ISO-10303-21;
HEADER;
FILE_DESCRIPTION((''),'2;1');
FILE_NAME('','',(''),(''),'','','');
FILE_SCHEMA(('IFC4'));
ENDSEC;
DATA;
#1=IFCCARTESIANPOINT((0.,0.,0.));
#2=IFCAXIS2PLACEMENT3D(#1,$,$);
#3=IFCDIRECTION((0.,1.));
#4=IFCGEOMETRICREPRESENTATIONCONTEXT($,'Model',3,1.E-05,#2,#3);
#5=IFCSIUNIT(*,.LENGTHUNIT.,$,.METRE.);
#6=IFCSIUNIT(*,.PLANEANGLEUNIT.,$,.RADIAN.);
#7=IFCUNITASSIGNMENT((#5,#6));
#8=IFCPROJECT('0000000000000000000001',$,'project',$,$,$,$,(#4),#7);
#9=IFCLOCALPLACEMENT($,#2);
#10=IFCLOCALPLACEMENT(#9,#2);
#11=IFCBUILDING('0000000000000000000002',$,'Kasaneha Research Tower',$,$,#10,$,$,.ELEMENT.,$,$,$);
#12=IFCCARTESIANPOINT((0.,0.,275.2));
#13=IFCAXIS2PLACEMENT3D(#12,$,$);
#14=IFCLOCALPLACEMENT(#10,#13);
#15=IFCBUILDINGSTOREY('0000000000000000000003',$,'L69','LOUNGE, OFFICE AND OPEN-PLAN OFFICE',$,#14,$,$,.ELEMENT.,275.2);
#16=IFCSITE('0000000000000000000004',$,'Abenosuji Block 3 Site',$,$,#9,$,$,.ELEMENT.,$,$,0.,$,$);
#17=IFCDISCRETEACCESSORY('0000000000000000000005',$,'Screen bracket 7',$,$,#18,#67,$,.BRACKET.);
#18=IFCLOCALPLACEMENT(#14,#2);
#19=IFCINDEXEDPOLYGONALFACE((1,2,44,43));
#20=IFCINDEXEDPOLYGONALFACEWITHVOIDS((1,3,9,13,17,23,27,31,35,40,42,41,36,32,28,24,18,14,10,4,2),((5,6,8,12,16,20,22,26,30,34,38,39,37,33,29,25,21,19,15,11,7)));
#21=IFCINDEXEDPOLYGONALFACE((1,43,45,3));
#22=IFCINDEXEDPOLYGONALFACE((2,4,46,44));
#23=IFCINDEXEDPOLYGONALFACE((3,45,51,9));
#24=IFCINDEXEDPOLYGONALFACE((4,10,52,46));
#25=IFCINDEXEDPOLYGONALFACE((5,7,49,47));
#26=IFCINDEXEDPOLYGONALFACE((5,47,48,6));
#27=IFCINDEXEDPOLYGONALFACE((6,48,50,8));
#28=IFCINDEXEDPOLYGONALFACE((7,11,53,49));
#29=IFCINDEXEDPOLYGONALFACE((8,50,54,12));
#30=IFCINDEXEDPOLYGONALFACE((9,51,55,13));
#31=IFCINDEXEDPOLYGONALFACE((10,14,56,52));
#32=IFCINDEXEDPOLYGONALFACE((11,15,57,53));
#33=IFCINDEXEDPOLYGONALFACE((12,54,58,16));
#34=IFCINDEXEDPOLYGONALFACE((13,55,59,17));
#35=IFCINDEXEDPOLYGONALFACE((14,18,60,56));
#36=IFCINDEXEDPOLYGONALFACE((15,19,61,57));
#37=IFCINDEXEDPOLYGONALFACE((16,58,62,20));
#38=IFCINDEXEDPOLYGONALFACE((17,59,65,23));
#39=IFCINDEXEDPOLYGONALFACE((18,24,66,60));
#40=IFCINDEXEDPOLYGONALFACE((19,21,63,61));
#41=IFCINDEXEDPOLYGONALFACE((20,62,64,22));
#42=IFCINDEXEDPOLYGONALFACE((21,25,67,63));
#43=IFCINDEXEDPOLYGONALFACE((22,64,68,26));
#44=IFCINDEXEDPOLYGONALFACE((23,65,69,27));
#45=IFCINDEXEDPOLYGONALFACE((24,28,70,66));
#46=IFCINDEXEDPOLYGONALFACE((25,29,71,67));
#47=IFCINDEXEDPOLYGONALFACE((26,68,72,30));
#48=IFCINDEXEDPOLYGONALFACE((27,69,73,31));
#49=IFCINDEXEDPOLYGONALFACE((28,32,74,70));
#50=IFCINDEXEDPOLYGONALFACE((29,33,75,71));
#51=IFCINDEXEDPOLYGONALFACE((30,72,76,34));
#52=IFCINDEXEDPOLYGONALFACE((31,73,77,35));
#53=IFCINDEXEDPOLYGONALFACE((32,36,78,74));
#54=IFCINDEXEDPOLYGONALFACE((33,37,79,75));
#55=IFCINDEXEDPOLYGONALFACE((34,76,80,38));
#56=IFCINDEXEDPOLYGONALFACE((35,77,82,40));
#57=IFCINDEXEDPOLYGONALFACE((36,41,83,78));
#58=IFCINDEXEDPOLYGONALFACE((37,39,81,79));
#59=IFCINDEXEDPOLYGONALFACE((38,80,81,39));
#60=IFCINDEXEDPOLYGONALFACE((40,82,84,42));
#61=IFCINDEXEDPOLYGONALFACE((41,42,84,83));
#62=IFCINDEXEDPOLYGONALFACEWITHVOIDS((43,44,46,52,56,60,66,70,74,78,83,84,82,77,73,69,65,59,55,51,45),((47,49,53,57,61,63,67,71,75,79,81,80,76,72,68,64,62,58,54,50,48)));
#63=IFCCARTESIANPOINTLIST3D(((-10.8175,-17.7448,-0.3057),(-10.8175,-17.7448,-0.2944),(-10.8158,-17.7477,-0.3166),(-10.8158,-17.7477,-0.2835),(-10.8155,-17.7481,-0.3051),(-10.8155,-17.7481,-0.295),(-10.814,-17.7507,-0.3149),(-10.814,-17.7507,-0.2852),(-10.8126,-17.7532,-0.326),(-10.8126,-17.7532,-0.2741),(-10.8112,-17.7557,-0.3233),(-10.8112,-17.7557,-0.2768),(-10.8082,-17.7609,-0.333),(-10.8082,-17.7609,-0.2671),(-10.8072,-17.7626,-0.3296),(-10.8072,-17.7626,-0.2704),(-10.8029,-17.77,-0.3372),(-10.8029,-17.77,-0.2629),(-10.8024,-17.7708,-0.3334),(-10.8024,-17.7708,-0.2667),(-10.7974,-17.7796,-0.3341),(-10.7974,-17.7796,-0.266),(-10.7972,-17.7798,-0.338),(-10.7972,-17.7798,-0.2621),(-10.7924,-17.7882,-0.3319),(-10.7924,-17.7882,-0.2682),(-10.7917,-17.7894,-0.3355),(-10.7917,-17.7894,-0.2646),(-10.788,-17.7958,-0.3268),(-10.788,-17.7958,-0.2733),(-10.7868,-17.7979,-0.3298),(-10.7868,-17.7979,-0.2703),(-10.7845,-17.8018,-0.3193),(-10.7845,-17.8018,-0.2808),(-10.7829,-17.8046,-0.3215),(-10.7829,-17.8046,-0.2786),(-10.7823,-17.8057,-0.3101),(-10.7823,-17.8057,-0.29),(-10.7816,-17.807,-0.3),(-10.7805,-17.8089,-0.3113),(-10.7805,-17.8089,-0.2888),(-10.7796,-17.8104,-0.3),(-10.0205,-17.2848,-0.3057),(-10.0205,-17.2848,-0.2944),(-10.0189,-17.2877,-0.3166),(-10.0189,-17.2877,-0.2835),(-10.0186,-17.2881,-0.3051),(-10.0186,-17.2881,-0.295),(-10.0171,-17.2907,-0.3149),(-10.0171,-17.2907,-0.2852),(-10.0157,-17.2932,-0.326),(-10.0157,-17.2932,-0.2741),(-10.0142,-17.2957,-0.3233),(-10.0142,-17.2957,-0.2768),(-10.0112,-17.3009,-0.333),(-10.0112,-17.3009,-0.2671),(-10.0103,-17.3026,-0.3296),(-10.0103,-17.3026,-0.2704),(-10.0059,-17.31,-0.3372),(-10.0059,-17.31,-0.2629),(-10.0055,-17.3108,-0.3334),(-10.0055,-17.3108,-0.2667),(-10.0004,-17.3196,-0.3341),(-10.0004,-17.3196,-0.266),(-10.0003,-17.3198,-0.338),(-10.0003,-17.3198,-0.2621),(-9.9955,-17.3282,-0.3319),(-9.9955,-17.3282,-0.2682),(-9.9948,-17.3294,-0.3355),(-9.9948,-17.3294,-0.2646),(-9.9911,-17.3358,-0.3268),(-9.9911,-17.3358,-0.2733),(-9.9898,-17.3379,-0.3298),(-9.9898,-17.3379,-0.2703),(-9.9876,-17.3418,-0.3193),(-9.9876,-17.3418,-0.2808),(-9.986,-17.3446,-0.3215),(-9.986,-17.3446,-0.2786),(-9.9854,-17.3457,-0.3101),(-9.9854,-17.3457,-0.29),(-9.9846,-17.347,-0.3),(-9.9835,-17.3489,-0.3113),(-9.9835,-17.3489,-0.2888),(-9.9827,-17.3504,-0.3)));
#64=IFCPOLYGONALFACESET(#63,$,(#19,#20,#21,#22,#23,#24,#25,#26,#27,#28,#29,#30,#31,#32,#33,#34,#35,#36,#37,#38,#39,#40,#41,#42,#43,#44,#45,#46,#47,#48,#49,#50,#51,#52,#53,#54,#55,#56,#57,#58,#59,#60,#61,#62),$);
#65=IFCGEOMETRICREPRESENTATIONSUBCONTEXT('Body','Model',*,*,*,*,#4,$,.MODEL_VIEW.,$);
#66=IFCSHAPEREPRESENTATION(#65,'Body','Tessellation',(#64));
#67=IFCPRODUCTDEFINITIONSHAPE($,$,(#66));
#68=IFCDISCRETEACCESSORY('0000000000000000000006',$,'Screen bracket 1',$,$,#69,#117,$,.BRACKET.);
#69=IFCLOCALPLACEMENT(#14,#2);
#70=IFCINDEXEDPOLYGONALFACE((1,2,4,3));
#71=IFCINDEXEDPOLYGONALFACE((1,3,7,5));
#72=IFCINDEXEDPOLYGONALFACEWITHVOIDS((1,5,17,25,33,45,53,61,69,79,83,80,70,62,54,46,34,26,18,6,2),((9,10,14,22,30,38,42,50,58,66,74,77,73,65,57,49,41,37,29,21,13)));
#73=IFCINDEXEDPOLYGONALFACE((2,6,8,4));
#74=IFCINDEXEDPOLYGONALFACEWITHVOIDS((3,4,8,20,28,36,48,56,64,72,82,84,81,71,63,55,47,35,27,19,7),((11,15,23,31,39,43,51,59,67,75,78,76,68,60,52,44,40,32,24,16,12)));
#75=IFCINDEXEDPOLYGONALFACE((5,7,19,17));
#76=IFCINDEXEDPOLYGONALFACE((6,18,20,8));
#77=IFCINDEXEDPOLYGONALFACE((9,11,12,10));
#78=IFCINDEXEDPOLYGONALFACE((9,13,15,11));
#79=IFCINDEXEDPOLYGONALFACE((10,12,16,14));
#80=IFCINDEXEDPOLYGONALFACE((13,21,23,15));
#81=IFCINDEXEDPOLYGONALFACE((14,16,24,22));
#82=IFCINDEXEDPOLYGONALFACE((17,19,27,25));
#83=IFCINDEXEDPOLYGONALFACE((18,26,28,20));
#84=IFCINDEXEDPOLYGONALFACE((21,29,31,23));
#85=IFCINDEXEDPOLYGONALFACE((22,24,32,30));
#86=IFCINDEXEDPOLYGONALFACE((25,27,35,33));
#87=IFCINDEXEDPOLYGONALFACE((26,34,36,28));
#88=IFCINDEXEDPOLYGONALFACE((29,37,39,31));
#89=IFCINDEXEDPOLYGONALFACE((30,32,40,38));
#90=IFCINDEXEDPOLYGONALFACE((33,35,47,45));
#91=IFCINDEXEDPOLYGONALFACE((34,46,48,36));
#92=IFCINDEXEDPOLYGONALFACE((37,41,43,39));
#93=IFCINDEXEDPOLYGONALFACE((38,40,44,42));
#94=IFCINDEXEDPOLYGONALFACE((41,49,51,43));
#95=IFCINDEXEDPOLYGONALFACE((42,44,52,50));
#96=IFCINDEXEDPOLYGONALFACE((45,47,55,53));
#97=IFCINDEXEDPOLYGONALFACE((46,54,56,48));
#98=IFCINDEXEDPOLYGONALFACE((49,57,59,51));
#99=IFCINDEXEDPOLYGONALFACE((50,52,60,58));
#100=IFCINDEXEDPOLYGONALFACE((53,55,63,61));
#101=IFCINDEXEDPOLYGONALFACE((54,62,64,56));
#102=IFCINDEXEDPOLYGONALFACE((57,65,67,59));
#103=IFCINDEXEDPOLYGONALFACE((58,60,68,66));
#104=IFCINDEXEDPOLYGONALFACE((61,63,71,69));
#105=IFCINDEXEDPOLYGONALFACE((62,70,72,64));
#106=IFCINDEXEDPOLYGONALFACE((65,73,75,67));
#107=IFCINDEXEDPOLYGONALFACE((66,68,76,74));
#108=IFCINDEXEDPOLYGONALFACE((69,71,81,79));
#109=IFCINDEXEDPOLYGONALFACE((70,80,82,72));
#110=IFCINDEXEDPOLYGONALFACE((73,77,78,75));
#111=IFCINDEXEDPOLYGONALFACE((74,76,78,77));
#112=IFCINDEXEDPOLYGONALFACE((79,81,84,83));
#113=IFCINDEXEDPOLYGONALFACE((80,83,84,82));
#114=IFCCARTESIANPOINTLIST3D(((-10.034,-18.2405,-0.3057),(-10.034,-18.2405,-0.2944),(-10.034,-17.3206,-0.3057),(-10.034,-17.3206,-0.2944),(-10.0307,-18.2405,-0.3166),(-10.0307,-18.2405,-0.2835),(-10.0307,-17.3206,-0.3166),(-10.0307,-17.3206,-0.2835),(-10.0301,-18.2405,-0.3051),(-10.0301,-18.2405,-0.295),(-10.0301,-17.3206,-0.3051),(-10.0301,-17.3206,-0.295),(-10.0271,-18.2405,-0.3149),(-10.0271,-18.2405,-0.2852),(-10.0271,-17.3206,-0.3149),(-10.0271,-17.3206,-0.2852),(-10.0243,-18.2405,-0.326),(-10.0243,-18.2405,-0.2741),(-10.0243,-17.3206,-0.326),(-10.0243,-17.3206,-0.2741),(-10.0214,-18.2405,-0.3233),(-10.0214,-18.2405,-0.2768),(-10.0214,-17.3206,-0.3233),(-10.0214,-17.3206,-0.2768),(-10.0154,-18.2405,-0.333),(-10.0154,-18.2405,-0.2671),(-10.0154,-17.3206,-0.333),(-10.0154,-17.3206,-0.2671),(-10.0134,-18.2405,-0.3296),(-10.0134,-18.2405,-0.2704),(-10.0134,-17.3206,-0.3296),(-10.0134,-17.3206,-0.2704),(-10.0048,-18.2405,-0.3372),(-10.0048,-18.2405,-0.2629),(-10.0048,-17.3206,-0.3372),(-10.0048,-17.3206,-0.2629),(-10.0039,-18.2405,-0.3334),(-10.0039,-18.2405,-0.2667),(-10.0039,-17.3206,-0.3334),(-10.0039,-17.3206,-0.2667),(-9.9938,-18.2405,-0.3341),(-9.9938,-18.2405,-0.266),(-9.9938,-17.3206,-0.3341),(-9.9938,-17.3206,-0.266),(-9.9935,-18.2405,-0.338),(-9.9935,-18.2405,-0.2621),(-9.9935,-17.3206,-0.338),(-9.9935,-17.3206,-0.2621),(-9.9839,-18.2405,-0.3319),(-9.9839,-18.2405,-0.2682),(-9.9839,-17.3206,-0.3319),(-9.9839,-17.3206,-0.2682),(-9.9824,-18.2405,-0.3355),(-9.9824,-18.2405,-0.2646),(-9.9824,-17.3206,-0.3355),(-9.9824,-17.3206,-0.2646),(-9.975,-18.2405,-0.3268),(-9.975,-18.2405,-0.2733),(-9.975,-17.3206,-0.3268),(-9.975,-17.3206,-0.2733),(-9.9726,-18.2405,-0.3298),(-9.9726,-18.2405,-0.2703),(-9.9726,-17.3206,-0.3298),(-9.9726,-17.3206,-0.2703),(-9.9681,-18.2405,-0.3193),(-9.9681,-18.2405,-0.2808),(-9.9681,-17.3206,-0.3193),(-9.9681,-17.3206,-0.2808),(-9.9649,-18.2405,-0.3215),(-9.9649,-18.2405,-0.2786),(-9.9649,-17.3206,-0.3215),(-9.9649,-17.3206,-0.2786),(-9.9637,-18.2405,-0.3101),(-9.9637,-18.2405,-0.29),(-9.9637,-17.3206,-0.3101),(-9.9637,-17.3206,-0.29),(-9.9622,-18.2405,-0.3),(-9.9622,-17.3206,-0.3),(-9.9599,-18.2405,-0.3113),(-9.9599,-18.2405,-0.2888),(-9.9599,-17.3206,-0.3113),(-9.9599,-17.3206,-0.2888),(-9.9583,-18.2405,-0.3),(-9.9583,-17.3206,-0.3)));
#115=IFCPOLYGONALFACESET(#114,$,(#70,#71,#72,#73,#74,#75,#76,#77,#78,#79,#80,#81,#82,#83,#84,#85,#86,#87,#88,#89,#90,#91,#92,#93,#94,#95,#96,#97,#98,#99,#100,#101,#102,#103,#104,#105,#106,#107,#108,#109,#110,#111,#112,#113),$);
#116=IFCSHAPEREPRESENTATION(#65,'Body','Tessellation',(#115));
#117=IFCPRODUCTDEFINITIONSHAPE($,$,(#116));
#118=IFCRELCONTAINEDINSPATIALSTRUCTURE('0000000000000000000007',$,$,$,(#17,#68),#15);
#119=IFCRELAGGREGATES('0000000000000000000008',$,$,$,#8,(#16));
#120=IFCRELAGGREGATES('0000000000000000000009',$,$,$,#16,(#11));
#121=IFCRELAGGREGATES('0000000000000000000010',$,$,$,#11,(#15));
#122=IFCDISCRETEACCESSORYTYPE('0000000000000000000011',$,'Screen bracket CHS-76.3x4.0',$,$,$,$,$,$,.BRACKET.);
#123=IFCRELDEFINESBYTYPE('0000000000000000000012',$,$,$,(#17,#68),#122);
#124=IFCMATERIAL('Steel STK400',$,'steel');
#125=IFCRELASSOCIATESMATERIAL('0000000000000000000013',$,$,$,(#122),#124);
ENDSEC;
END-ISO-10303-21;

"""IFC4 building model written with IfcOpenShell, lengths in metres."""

from ifc_helpers import new_model, si_unit, direction, frame, origin, origin_2d, place, context, subcontext, project, spatial, hollow_circle, extrude, material, material_profile, profile_set, type_object, element, save


model = new_model("IFC4")

# Units and contexts
model_context = context("Model", 3, precision=1e-05, world=origin(), true_north=direction((0.0, 1.0)))
body_context = subcontext(model_context, "Body", "Model", "MODEL_VIEW")
ifc_project = project(units=[si_unit("LENGTHUNIT", "METRE"), si_unit("PLANEANGLEUNIT", "RADIAN")], contexts=[model_context])

# Site, building, storey
site_placement = place(None, origin())
site = spatial("IfcSite", under=ifc_project, at=site_placement, Name="Abenosuji Block 3 Site", CompositionType="ELEMENT", RefElevation=0.0)
building_placement = place(site_placement, origin())
building = spatial("IfcBuilding", under=site, at=building_placement, Name="Kasaneha Research Tower", CompositionType="ELEMENT")
storey_placement = place(building_placement, frame((0.0, 0.0, 275.2)))
storey = spatial("IfcBuildingStorey", under=building, at=storey_placement, Name="L69", Description="LOUNGE, OFFICE AND OPEN-PLAN OFFICE", CompositionType="ELEMENT", Elevation=275.2)

# Discrete accessories
ifc_material_1 = material(Name="Steel STK400", Category="steel")
ifc_material_profile_1 = material_profile(ifc_material_1, hollow_circle(Radius=0.0381, WallThickness=0.0039, at=origin_2d()), Name="CHS-76.3x4.0")
ifc_profile_set_1 = profile_set([ifc_material_profile_1], Name="Steel STK400")
discrete_accessory_type = type_object("IfcDiscreteAccessoryType", Name="Screen bracket CHS-76.3x4.0", PredefinedType="BRACKET", material=ifc_profile_set_1)
discrete_accessory_1_placement = place(storey_placement, frame((-10.0017, -17.3174, -0.3), z_axis=(-0.86608, -0.499906, 0.0), x_axis=(0.499906, -0.86608, 0.0)))
element("IfcDiscreteAccessory", 1, at=discrete_accessory_1_placement, inside=storey, type_object=discrete_accessory_type, Name="Screen bracket 7", PredefinedType="BRACKET", context=body_context, shape_type="SweptSolid", body=[
    extrude(hollow_circle(Radius=0.0381, WallThickness=0.0039, at=origin_2d()), origin(), (0.0, 0.0, 1.0), 0.9202),
])
discrete_accessory_2_placement = place(storey_placement, frame((-9.9963, -17.3206, -0.3), z_axis=(0.0, -1.0, 0.0), x_axis=(1.0, 0.0, 0.0)))
element("IfcDiscreteAccessory", 2, at=discrete_accessory_2_placement, inside=storey, type_object=discrete_accessory_type, Name="Screen bracket 1", PredefinedType="BRACKET", context=body_context, shape_type="SweptSolid", body=[
    extrude(hollow_circle(Radius=0.0381, WallThickness=0.0039, at=origin_2d()), origin(), (0.0, 0.0, 1.0), 0.9199),
])

save(model, "model.ifc")
